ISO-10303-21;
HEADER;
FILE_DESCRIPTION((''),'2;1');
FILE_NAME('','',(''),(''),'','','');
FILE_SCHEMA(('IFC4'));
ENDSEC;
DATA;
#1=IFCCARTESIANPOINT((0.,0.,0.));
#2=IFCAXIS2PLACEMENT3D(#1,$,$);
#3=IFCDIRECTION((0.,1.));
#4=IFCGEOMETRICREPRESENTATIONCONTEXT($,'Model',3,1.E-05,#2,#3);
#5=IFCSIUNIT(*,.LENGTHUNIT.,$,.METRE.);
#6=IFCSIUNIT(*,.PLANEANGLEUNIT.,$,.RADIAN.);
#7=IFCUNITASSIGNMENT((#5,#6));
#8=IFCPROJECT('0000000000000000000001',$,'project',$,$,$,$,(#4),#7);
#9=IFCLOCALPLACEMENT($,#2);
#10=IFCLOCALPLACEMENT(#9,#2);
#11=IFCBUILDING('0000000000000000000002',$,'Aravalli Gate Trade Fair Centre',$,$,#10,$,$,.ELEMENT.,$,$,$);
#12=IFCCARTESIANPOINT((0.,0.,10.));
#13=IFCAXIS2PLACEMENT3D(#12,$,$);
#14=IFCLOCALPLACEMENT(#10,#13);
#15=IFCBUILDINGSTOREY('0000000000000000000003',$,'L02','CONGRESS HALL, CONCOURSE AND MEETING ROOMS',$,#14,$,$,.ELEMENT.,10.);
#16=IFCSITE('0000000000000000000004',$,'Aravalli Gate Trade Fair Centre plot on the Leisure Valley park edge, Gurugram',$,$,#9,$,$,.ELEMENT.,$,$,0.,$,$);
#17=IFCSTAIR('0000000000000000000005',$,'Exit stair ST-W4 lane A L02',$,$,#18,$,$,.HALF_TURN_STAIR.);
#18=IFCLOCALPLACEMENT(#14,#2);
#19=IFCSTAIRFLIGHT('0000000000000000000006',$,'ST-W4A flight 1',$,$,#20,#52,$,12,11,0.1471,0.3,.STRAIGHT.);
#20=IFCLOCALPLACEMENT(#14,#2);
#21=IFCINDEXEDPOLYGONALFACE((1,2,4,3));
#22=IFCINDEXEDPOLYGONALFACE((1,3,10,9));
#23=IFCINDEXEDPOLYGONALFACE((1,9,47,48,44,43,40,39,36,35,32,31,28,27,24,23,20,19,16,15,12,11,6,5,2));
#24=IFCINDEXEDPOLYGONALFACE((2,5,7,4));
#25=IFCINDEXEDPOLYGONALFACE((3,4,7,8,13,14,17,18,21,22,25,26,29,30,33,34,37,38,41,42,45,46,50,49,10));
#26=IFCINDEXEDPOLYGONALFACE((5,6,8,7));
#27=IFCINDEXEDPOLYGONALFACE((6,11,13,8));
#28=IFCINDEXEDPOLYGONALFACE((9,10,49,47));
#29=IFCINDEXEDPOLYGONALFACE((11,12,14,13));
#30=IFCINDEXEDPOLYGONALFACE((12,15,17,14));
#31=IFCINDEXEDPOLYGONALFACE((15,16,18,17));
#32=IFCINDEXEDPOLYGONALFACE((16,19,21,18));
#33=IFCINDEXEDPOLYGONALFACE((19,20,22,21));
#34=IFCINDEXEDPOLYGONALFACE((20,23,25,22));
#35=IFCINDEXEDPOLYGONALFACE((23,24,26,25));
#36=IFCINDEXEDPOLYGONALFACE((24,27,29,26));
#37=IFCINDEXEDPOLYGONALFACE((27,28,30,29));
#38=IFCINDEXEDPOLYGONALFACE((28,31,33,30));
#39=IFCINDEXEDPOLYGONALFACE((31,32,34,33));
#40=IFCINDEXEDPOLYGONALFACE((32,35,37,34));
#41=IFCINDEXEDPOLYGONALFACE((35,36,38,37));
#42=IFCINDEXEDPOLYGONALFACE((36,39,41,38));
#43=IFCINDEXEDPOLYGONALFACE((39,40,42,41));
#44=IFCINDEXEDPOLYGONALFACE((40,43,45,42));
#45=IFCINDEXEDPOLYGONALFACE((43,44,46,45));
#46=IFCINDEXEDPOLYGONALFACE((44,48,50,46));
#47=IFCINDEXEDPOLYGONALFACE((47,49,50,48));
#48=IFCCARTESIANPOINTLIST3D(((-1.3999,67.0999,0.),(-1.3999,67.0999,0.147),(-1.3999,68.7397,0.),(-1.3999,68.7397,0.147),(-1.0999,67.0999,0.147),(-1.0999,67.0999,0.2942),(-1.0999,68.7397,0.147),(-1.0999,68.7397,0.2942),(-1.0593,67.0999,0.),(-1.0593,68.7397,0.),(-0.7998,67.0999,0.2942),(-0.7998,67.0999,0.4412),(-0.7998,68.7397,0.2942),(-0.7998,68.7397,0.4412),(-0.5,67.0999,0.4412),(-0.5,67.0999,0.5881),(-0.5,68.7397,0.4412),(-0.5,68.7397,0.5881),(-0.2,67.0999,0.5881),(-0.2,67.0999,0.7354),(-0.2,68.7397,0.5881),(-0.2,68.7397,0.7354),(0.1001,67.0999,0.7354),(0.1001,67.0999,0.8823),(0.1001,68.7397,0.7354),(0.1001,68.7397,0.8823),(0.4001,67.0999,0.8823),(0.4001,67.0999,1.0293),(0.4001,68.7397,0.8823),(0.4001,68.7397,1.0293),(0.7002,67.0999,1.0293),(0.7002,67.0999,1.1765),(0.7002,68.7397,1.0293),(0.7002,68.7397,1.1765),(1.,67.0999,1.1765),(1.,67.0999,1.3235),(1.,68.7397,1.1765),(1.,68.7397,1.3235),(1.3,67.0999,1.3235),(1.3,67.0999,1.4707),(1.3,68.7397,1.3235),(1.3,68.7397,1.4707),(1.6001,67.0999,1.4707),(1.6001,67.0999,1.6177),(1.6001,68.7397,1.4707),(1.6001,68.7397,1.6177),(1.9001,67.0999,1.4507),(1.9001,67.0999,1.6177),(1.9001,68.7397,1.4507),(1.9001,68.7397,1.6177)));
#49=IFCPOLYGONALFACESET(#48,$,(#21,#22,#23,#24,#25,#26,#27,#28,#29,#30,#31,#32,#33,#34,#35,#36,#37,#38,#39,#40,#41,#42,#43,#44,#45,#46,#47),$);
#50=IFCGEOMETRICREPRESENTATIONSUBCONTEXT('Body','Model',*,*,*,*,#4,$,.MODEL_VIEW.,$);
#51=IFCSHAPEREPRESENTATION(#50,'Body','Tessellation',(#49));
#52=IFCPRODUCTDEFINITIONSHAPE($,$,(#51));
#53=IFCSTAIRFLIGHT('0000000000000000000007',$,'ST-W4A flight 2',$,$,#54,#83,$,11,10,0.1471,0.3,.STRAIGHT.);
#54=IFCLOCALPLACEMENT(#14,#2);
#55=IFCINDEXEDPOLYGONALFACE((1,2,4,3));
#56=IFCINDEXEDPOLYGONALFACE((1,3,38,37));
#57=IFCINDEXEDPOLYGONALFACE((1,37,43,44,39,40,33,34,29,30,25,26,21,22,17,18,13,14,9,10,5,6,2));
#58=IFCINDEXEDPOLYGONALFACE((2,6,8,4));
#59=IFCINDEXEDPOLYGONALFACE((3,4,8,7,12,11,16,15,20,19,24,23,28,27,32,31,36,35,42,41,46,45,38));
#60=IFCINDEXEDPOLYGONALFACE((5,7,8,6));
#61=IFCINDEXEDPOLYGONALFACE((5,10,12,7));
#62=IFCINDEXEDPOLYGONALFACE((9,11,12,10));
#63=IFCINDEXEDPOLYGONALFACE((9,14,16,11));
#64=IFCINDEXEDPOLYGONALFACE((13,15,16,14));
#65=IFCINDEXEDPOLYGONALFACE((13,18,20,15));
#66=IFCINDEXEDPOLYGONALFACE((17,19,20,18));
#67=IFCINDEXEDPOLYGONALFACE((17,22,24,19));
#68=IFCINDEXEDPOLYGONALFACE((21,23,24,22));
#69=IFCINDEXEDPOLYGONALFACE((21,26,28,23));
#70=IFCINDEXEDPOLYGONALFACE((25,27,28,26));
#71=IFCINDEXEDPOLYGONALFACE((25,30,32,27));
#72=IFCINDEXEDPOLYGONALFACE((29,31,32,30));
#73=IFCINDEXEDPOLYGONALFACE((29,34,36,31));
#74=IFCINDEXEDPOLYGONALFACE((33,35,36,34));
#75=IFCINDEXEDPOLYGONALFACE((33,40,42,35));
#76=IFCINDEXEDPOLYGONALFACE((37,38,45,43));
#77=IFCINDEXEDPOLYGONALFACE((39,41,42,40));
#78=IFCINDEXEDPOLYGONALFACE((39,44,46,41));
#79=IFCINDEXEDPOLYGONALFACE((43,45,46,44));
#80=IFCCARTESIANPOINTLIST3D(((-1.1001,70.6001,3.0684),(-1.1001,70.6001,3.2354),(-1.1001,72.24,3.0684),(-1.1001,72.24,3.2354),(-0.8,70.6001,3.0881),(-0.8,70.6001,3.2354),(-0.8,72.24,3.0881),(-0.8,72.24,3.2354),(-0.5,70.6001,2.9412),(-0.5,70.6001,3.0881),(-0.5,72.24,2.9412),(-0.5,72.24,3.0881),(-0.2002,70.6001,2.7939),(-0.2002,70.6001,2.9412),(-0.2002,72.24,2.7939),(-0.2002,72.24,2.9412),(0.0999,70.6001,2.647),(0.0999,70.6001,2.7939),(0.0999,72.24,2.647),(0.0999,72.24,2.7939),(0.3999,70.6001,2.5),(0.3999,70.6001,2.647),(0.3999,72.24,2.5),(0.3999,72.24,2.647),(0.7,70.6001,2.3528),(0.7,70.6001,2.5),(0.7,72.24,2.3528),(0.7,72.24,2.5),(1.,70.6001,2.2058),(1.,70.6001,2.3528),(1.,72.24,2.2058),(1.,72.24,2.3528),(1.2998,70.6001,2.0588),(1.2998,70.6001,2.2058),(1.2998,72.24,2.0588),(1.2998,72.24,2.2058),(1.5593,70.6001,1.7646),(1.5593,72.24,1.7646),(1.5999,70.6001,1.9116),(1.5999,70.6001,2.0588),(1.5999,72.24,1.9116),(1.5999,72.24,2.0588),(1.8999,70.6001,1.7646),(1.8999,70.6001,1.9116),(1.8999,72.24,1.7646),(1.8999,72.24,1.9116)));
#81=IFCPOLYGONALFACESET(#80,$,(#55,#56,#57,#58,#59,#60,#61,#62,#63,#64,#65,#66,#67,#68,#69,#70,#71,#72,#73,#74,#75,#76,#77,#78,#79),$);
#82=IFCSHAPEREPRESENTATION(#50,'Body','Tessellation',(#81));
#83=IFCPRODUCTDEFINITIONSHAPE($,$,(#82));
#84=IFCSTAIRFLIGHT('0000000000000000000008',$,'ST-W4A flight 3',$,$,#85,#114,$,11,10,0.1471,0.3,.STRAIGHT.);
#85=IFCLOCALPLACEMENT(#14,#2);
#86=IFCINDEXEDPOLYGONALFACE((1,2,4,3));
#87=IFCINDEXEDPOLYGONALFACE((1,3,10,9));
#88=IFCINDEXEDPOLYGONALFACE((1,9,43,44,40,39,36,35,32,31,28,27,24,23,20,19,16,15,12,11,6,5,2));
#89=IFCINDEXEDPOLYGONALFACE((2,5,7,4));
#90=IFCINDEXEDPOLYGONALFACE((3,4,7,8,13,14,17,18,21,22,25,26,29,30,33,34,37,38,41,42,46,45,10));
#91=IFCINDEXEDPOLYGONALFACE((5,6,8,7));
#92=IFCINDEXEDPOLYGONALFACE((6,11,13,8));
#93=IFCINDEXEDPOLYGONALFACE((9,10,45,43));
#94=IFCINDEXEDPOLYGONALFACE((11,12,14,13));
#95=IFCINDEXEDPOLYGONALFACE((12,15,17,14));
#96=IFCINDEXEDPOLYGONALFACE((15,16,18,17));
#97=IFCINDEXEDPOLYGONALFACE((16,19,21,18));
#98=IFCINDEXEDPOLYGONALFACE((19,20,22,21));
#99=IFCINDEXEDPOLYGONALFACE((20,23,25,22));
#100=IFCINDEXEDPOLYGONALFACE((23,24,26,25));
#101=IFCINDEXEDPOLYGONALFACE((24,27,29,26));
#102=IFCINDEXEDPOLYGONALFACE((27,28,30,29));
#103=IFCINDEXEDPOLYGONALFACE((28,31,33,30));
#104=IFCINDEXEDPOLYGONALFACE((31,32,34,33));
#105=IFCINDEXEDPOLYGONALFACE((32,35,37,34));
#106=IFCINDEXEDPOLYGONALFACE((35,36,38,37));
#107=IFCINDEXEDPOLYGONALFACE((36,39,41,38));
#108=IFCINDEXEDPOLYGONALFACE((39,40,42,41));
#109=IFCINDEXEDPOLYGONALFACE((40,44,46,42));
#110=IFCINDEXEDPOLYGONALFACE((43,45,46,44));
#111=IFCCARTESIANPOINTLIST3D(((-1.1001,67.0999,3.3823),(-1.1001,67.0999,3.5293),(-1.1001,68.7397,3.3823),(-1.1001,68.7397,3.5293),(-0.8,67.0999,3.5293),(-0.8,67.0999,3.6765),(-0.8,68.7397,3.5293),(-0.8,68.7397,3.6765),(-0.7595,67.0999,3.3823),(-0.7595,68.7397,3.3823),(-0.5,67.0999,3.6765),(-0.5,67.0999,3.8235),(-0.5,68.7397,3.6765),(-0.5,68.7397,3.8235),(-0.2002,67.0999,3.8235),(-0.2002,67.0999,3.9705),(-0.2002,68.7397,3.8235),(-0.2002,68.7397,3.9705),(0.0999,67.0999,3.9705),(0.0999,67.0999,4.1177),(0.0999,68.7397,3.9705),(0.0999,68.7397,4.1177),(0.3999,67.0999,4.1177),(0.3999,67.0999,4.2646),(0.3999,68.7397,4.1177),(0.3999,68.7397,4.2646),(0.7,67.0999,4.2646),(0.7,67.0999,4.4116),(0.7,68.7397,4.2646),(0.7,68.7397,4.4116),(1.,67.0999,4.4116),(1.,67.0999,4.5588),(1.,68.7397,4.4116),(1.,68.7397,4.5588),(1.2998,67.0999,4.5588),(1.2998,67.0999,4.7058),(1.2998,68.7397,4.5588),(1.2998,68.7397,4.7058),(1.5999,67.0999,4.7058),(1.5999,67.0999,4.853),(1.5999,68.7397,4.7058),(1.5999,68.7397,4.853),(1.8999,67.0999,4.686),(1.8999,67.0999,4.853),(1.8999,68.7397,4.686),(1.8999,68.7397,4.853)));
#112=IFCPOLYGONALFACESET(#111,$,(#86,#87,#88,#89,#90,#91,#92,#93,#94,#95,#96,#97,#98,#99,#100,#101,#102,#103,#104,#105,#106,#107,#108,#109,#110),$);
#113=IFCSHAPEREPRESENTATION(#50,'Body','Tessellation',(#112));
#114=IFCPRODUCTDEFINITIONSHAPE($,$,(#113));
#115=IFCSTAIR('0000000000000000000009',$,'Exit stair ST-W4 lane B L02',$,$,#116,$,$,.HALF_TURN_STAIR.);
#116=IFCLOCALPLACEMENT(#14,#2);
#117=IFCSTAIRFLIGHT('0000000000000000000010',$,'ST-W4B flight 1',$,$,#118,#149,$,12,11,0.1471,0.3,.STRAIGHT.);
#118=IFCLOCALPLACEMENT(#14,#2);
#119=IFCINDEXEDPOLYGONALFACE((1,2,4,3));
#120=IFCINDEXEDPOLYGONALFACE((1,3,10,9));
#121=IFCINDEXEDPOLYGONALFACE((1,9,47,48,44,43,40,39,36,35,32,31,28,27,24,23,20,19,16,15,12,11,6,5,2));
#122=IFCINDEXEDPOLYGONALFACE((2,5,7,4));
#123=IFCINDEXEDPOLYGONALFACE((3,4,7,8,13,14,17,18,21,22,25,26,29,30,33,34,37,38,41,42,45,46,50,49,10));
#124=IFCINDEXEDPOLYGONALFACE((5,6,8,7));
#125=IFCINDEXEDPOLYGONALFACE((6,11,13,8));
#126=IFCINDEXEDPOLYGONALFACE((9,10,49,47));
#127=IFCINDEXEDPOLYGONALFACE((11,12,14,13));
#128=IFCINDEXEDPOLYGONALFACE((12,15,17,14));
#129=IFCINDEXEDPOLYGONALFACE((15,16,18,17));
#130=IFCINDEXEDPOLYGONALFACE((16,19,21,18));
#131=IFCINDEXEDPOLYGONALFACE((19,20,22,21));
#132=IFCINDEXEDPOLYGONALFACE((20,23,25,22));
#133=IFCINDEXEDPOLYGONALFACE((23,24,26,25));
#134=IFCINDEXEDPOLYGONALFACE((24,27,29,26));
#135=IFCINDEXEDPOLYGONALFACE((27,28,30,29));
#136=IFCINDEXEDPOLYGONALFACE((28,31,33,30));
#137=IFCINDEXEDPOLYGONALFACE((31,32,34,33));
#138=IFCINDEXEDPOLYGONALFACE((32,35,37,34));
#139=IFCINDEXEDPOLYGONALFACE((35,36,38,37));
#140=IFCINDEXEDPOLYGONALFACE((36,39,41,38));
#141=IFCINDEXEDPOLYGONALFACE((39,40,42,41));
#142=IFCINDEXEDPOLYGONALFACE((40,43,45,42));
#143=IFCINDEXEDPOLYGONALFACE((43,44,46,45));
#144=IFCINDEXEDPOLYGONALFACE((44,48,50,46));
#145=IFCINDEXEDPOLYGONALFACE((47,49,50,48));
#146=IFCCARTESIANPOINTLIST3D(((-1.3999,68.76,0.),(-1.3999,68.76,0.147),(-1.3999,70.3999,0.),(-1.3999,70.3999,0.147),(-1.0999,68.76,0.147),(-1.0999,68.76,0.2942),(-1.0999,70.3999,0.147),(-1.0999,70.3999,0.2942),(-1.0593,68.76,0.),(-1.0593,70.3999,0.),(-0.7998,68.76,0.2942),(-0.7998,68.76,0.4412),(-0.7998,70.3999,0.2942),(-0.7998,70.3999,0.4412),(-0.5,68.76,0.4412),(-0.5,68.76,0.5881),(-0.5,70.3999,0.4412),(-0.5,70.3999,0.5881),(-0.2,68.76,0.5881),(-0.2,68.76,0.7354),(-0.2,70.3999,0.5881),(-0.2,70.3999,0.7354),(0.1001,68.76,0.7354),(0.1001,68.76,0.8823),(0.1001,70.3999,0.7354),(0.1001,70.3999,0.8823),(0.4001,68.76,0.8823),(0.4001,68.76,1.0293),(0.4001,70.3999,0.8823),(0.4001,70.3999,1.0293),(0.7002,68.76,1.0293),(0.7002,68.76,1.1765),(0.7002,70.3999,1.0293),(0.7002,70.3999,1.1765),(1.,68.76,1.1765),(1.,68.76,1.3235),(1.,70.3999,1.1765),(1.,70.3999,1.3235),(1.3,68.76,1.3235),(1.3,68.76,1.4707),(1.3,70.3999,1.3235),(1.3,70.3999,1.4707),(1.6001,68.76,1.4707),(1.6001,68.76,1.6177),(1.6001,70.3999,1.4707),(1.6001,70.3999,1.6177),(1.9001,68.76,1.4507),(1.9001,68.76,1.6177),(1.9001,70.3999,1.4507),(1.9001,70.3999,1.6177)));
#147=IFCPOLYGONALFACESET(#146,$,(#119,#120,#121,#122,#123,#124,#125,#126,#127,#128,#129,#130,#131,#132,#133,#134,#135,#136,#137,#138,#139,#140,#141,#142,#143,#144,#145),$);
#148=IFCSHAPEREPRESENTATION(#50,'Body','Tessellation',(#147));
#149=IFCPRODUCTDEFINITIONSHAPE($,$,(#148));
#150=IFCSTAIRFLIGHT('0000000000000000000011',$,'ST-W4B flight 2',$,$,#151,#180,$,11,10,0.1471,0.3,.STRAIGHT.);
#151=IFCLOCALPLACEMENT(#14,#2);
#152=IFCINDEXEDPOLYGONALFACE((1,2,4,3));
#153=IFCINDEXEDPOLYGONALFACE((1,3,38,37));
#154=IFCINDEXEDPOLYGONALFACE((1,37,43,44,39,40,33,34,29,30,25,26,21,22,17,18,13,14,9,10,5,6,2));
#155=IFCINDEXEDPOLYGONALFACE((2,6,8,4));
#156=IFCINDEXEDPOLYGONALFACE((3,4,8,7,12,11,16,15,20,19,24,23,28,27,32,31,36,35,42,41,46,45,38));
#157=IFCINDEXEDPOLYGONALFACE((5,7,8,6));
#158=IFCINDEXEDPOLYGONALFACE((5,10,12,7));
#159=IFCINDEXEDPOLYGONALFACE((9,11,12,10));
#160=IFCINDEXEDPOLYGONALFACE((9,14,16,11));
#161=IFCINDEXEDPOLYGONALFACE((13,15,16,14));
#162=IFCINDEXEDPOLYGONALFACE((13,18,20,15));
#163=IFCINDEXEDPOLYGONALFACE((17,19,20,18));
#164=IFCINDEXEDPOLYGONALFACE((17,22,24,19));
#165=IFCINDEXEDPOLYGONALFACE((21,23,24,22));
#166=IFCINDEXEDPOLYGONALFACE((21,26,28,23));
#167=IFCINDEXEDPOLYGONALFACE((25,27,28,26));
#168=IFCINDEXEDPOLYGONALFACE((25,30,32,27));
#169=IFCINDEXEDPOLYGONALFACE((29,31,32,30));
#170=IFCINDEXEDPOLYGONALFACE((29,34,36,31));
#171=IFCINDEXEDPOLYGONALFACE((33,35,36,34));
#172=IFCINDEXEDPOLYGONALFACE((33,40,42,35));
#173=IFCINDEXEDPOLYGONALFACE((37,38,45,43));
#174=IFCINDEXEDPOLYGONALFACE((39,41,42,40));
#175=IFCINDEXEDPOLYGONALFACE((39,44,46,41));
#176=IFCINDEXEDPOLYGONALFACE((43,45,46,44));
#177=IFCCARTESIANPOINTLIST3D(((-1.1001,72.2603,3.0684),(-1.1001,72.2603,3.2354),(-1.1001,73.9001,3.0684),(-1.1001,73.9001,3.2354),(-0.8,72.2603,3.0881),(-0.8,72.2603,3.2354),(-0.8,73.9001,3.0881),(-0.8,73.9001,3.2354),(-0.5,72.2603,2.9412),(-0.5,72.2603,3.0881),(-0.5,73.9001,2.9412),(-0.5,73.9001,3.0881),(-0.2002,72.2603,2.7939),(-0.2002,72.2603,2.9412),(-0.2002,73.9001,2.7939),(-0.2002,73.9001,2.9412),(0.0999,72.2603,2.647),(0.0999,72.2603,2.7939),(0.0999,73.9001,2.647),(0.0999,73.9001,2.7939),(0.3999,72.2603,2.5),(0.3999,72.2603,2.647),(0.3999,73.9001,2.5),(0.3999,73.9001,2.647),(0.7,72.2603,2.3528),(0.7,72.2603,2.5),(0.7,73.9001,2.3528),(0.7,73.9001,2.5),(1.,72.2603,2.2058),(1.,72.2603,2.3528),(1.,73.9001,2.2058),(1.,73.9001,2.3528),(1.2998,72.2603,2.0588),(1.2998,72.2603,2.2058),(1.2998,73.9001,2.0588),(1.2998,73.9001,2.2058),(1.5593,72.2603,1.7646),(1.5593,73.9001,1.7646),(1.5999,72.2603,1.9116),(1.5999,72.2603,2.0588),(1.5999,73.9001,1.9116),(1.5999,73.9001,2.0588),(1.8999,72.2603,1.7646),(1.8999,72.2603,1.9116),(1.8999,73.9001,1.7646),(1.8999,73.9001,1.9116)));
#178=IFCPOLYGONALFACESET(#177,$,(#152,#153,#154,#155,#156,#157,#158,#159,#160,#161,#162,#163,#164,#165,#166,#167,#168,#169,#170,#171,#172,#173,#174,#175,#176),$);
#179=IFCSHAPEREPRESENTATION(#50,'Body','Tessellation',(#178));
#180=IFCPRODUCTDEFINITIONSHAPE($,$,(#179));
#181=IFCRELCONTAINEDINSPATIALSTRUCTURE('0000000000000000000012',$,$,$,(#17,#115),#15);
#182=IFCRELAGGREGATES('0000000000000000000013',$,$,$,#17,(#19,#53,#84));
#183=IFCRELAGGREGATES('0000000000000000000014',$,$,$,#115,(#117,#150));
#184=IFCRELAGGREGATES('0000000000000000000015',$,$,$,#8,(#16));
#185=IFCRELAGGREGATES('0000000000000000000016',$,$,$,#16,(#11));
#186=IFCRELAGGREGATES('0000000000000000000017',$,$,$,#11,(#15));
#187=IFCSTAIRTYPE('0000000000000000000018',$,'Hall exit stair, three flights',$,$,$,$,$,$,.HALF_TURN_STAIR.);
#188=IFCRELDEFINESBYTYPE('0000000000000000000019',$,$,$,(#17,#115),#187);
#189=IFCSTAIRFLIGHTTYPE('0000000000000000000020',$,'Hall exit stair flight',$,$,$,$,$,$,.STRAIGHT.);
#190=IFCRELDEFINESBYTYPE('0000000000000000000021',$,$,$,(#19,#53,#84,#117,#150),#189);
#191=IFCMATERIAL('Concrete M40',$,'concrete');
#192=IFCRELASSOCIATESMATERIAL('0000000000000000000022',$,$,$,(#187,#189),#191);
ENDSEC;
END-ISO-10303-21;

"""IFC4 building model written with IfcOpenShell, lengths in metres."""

from ifc_helpers import new_model, si_unit, direction, frame, origin, place, context, subcontext, project, spatial, polyline, outline, extrude, material, type_object, element, aggregate, save


model = new_model("IFC4")

# Units and contexts
model_context = context("Model", 3, precision=1e-05, world=origin(), true_north=direction((0.0, 1.0)))
body_context = subcontext(model_context, "Body", "Model", "MODEL_VIEW")
ifc_project = project(units=[si_unit("LENGTHUNIT", "METRE"), si_unit("PLANEANGLEUNIT", "RADIAN")], contexts=[model_context])

# Site, building, storey
site_placement = place(None, origin())
site = spatial("IfcSite", under=ifc_project, at=site_placement, Name="Aravalli Gate Trade Fair Centre plot on the Leisure Valley park edge, Gurugram", CompositionType="ELEMENT", RefElevation=0.0)
building_placement = place(site_placement, origin())
building = spatial("IfcBuilding", under=site, at=building_placement, Name="Aravalli Gate Trade Fair Centre", CompositionType="ELEMENT")
storey_placement = place(building_placement, frame((0.0, 0.0, 10.0)))
storey = spatial("IfcBuildingStorey", under=building, at=storey_placement, Name="L02", Description="CONGRESS HALL, CONCOURSE AND MEETING ROOMS", CompositionType="ELEMENT", Elevation=10.0)

# Shared definitions
ifc_material_1 = material(Name="Concrete M40", Category="concrete")

# Stairs, stair flights
stair_type = type_object("IfcStairType", Name="Hall exit stair, three flights", PredefinedType="HALF_TURN_STAIR", material=ifc_material_1)
stair_1_placement = place(storey_placement, origin())
stair_1 = element("IfcStair", 1, at=stair_1_placement, inside=storey, type_object=stair_type, Name="Exit stair ST-W4 lane A L02", PredefinedType="HALF_TURN_STAIR")
stair_flight_type = type_object("IfcStairFlightType", Name="Hall exit stair flight", PredefinedType="STRAIGHT", material=ifc_material_1)
stair_flight_1_placement = place(storey_placement, frame((-1.3999, 67.9199, 0.0), z_axis=(0.0, 0.0, 1.0), x_axis=(1.0, 0.0, 0.0)))
stair_flight_1 = element("IfcStairFlight", 2, at=stair_flight_1_placement, type_object=stair_flight_type, Name="ST-W4A flight 1", NumberOfRisers=12, NumberOfTreads=11, PredefinedType="STRAIGHT", RiserHeight=0.1471, TreadLength=0.3, context=body_context, shape_type="SweptSolid", body=[
    extrude(outline(polyline([(0.0, 0.0), (0.0, 0.147), (0.3, 0.147), (0.3, 0.2942), (0.6001, 0.2942), (0.6001, 0.4412), (0.8999, 0.4412), (0.8999, 0.5881), (1.2, 0.5881), (1.2, 0.7354), (1.5, 0.7354), (1.5, 0.8823), (1.8, 0.8823), (1.8, 1.0293), (2.1001, 1.0293), (2.1001, 1.1765), (2.3999, 1.1765), (2.3999, 1.3235), (2.7, 1.3235), (2.7, 1.4707), (3.0, 1.4707), (3.0, 1.6177), (3.3, 1.6177), (3.3, 1.7646), (3.3, 1.4507), (0.3406, 0.0), (0.0, 0.0)])), frame((0.0, 0.8198, 0.0), z_axis=(0.0, -1.0, 0.0), x_axis=(1.0, 0.0, 0.0)), (0.0, 0.0, 1.0), 1.6399),
])
stair_flight_2_placement = place(storey_placement, frame((1.8999, 71.4199, 1.7646), z_axis=(0.0, 0.0, 1.0), x_axis=(-1.0, 0.0, 0.0)))
stair_flight_2 = element("IfcStairFlight", 3, at=stair_flight_2_placement, type_object=stair_flight_type, Name="ST-W4A flight 2", NumberOfRisers=11, NumberOfTreads=10, PredefinedType="STRAIGHT", RiserHeight=0.1471, TreadLength=0.3, context=body_context, shape_type="SweptSolid", body=[
    extrude(outline(polyline([(0.0, 0.0), (0.0, 0.147), (0.3, 0.147), (0.3, 0.2942), (0.6001, 0.2942), (0.6001, 0.4412), (0.8999, 0.4412), (0.8999, 0.5881), (1.2, 0.5881), (1.2, 0.7354), (1.5, 0.7354), (1.5, 0.8823), (1.8, 0.8823), (1.8, 1.0293), (2.1001, 1.0293), (2.1001, 1.1765), (2.3999, 1.1765), (2.3999, 1.3235), (2.7, 1.3235), (2.7, 1.4707), (3.0, 1.4707), (3.0, 1.6177), (3.0, 1.3037), (0.3406, 0.0), (0.0, 0.0)])), frame((0.0, 0.8198, 0.0), z_axis=(0.0, -1.0, 0.0), x_axis=(1.0, 0.0, 0.0)), (0.0, 0.0, 1.0), 1.6399),
])
stair_flight_3_placement = place(storey_placement, frame((-1.1001, 67.9199, 3.3823), z_axis=(0.0, 0.0, 1.0), x_axis=(1.0, 0.0, 0.0)))
stair_flight_3 = element("IfcStairFlight", 4, at=stair_flight_3_placement, type_object=stair_flight_type, Name="ST-W4A flight 3", NumberOfRisers=11, NumberOfTreads=10, PredefinedType="STRAIGHT", RiserHeight=0.1471, TreadLength=0.3, context=body_context, shape_type="SweptSolid", body=[
    extrude(outline(polyline([(0.0, 0.0), (0.0, 0.147), (0.3, 0.147), (0.3, 0.2942), (0.6001, 0.2942), (0.6001, 0.4412), (0.8999, 0.4412), (0.8999, 0.5881), (1.2, 0.5881), (1.2, 0.7354), (1.5, 0.7354), (1.5, 0.8823), (1.8, 0.8823), (1.8, 1.0293), (2.1001, 1.0293), (2.1001, 1.1765), (2.3999, 1.1765), (2.3999, 1.3235), (2.7, 1.3235), (2.7, 1.4707), (3.0, 1.4707), (3.0, 1.6177), (3.0, 1.3037), (0.3406, 0.0), (0.0, 0.0)])), frame((0.0, 0.8198, 0.0), z_axis=(0.0, -1.0, 0.0), x_axis=(1.0, 0.0, 0.0)), (0.0, 0.0, 1.0), 1.6399),
])
aggregate(stair_1, [stair_flight_1, stair_flight_2, stair_flight_3])
stair_2_placement = place(storey_placement, origin())
stair_2 = element("IfcStair", 5, at=stair_2_placement, inside=storey, type_object=stair_type, Name="Exit stair ST-W4 lane B L02", PredefinedType="HALF_TURN_STAIR")
stair_flight_4_placement = place(storey_placement, frame((-1.3999, 69.5801, 0.0), z_axis=(0.0, 0.0, 1.0), x_axis=(1.0, 0.0, 0.0)))
stair_flight_4 = element("IfcStairFlight", 6, at=stair_flight_4_placement, type_object=stair_flight_type, Name="ST-W4B flight 1", NumberOfRisers=12, NumberOfTreads=11, PredefinedType="STRAIGHT", RiserHeight=0.1471, TreadLength=0.3, context=body_context, shape_type="SweptSolid", body=[
    extrude(outline(polyline([(0.0, 0.0), (0.0, 0.147), (0.3, 0.147), (0.3, 0.2942), (0.6001, 0.2942), (0.6001, 0.4412), (0.8999, 0.4412), (0.8999, 0.5881), (1.2, 0.5881), (1.2, 0.7354), (1.5, 0.7354), (1.5, 0.8823), (1.8, 0.8823), (1.8, 1.0293), (2.1001, 1.0293), (2.1001, 1.1765), (2.3999, 1.1765), (2.3999, 1.3235), (2.7, 1.3235), (2.7, 1.4707), (3.0, 1.4707), (3.0, 1.6177), (3.3, 1.6177), (3.3, 1.7646), (3.3, 1.4507), (0.3406, 0.0), (0.0, 0.0)])), frame((0.0, 0.8198, 0.0), z_axis=(0.0, -1.0, 0.0), x_axis=(1.0, 0.0, 0.0)), (0.0, 0.0, 1.0), 1.6399),
])
stair_flight_5_placement = place(storey_placement, frame((1.8999, 73.0801, 1.7646), z_axis=(0.0, 0.0, 1.0), x_axis=(-1.0, 0.0, 0.0)))
stair_flight_5 = element("IfcStairFlight", 7, at=stair_flight_5_placement, type_object=stair_flight_type, Name="ST-W4B flight 2", NumberOfRisers=11, NumberOfTreads=10, PredefinedType="STRAIGHT", RiserHeight=0.1471, TreadLength=0.3, context=body_context, shape_type="SweptSolid", body=[
    extrude(outline(polyline([(0.0, 0.0), (0.0, 0.147), (0.3, 0.147), (0.3, 0.2942), (0.6001, 0.2942), (0.6001, 0.4412), (0.8999, 0.4412), (0.8999, 0.5881), (1.2, 0.5881), (1.2, 0.7354), (1.5, 0.7354), (1.5, 0.8823), (1.8, 0.8823), (1.8, 1.0293), (2.1001, 1.0293), (2.1001, 1.1765), (2.3999, 1.1765), (2.3999, 1.3235), (2.7, 1.3235), (2.7, 1.4707), (3.0, 1.4707), (3.0, 1.6177), (3.0, 1.3037), (0.3406, 0.0), (0.0, 0.0)])), frame((0.0, 0.8198, 0.0), z_axis=(0.0, -1.0, 0.0), x_axis=(1.0, 0.0, 0.0)), (0.0, 0.0, 1.0), 1.6399),
])
aggregate(stair_2, [stair_flight_4, stair_flight_5])

save(model, "model.ifc")
